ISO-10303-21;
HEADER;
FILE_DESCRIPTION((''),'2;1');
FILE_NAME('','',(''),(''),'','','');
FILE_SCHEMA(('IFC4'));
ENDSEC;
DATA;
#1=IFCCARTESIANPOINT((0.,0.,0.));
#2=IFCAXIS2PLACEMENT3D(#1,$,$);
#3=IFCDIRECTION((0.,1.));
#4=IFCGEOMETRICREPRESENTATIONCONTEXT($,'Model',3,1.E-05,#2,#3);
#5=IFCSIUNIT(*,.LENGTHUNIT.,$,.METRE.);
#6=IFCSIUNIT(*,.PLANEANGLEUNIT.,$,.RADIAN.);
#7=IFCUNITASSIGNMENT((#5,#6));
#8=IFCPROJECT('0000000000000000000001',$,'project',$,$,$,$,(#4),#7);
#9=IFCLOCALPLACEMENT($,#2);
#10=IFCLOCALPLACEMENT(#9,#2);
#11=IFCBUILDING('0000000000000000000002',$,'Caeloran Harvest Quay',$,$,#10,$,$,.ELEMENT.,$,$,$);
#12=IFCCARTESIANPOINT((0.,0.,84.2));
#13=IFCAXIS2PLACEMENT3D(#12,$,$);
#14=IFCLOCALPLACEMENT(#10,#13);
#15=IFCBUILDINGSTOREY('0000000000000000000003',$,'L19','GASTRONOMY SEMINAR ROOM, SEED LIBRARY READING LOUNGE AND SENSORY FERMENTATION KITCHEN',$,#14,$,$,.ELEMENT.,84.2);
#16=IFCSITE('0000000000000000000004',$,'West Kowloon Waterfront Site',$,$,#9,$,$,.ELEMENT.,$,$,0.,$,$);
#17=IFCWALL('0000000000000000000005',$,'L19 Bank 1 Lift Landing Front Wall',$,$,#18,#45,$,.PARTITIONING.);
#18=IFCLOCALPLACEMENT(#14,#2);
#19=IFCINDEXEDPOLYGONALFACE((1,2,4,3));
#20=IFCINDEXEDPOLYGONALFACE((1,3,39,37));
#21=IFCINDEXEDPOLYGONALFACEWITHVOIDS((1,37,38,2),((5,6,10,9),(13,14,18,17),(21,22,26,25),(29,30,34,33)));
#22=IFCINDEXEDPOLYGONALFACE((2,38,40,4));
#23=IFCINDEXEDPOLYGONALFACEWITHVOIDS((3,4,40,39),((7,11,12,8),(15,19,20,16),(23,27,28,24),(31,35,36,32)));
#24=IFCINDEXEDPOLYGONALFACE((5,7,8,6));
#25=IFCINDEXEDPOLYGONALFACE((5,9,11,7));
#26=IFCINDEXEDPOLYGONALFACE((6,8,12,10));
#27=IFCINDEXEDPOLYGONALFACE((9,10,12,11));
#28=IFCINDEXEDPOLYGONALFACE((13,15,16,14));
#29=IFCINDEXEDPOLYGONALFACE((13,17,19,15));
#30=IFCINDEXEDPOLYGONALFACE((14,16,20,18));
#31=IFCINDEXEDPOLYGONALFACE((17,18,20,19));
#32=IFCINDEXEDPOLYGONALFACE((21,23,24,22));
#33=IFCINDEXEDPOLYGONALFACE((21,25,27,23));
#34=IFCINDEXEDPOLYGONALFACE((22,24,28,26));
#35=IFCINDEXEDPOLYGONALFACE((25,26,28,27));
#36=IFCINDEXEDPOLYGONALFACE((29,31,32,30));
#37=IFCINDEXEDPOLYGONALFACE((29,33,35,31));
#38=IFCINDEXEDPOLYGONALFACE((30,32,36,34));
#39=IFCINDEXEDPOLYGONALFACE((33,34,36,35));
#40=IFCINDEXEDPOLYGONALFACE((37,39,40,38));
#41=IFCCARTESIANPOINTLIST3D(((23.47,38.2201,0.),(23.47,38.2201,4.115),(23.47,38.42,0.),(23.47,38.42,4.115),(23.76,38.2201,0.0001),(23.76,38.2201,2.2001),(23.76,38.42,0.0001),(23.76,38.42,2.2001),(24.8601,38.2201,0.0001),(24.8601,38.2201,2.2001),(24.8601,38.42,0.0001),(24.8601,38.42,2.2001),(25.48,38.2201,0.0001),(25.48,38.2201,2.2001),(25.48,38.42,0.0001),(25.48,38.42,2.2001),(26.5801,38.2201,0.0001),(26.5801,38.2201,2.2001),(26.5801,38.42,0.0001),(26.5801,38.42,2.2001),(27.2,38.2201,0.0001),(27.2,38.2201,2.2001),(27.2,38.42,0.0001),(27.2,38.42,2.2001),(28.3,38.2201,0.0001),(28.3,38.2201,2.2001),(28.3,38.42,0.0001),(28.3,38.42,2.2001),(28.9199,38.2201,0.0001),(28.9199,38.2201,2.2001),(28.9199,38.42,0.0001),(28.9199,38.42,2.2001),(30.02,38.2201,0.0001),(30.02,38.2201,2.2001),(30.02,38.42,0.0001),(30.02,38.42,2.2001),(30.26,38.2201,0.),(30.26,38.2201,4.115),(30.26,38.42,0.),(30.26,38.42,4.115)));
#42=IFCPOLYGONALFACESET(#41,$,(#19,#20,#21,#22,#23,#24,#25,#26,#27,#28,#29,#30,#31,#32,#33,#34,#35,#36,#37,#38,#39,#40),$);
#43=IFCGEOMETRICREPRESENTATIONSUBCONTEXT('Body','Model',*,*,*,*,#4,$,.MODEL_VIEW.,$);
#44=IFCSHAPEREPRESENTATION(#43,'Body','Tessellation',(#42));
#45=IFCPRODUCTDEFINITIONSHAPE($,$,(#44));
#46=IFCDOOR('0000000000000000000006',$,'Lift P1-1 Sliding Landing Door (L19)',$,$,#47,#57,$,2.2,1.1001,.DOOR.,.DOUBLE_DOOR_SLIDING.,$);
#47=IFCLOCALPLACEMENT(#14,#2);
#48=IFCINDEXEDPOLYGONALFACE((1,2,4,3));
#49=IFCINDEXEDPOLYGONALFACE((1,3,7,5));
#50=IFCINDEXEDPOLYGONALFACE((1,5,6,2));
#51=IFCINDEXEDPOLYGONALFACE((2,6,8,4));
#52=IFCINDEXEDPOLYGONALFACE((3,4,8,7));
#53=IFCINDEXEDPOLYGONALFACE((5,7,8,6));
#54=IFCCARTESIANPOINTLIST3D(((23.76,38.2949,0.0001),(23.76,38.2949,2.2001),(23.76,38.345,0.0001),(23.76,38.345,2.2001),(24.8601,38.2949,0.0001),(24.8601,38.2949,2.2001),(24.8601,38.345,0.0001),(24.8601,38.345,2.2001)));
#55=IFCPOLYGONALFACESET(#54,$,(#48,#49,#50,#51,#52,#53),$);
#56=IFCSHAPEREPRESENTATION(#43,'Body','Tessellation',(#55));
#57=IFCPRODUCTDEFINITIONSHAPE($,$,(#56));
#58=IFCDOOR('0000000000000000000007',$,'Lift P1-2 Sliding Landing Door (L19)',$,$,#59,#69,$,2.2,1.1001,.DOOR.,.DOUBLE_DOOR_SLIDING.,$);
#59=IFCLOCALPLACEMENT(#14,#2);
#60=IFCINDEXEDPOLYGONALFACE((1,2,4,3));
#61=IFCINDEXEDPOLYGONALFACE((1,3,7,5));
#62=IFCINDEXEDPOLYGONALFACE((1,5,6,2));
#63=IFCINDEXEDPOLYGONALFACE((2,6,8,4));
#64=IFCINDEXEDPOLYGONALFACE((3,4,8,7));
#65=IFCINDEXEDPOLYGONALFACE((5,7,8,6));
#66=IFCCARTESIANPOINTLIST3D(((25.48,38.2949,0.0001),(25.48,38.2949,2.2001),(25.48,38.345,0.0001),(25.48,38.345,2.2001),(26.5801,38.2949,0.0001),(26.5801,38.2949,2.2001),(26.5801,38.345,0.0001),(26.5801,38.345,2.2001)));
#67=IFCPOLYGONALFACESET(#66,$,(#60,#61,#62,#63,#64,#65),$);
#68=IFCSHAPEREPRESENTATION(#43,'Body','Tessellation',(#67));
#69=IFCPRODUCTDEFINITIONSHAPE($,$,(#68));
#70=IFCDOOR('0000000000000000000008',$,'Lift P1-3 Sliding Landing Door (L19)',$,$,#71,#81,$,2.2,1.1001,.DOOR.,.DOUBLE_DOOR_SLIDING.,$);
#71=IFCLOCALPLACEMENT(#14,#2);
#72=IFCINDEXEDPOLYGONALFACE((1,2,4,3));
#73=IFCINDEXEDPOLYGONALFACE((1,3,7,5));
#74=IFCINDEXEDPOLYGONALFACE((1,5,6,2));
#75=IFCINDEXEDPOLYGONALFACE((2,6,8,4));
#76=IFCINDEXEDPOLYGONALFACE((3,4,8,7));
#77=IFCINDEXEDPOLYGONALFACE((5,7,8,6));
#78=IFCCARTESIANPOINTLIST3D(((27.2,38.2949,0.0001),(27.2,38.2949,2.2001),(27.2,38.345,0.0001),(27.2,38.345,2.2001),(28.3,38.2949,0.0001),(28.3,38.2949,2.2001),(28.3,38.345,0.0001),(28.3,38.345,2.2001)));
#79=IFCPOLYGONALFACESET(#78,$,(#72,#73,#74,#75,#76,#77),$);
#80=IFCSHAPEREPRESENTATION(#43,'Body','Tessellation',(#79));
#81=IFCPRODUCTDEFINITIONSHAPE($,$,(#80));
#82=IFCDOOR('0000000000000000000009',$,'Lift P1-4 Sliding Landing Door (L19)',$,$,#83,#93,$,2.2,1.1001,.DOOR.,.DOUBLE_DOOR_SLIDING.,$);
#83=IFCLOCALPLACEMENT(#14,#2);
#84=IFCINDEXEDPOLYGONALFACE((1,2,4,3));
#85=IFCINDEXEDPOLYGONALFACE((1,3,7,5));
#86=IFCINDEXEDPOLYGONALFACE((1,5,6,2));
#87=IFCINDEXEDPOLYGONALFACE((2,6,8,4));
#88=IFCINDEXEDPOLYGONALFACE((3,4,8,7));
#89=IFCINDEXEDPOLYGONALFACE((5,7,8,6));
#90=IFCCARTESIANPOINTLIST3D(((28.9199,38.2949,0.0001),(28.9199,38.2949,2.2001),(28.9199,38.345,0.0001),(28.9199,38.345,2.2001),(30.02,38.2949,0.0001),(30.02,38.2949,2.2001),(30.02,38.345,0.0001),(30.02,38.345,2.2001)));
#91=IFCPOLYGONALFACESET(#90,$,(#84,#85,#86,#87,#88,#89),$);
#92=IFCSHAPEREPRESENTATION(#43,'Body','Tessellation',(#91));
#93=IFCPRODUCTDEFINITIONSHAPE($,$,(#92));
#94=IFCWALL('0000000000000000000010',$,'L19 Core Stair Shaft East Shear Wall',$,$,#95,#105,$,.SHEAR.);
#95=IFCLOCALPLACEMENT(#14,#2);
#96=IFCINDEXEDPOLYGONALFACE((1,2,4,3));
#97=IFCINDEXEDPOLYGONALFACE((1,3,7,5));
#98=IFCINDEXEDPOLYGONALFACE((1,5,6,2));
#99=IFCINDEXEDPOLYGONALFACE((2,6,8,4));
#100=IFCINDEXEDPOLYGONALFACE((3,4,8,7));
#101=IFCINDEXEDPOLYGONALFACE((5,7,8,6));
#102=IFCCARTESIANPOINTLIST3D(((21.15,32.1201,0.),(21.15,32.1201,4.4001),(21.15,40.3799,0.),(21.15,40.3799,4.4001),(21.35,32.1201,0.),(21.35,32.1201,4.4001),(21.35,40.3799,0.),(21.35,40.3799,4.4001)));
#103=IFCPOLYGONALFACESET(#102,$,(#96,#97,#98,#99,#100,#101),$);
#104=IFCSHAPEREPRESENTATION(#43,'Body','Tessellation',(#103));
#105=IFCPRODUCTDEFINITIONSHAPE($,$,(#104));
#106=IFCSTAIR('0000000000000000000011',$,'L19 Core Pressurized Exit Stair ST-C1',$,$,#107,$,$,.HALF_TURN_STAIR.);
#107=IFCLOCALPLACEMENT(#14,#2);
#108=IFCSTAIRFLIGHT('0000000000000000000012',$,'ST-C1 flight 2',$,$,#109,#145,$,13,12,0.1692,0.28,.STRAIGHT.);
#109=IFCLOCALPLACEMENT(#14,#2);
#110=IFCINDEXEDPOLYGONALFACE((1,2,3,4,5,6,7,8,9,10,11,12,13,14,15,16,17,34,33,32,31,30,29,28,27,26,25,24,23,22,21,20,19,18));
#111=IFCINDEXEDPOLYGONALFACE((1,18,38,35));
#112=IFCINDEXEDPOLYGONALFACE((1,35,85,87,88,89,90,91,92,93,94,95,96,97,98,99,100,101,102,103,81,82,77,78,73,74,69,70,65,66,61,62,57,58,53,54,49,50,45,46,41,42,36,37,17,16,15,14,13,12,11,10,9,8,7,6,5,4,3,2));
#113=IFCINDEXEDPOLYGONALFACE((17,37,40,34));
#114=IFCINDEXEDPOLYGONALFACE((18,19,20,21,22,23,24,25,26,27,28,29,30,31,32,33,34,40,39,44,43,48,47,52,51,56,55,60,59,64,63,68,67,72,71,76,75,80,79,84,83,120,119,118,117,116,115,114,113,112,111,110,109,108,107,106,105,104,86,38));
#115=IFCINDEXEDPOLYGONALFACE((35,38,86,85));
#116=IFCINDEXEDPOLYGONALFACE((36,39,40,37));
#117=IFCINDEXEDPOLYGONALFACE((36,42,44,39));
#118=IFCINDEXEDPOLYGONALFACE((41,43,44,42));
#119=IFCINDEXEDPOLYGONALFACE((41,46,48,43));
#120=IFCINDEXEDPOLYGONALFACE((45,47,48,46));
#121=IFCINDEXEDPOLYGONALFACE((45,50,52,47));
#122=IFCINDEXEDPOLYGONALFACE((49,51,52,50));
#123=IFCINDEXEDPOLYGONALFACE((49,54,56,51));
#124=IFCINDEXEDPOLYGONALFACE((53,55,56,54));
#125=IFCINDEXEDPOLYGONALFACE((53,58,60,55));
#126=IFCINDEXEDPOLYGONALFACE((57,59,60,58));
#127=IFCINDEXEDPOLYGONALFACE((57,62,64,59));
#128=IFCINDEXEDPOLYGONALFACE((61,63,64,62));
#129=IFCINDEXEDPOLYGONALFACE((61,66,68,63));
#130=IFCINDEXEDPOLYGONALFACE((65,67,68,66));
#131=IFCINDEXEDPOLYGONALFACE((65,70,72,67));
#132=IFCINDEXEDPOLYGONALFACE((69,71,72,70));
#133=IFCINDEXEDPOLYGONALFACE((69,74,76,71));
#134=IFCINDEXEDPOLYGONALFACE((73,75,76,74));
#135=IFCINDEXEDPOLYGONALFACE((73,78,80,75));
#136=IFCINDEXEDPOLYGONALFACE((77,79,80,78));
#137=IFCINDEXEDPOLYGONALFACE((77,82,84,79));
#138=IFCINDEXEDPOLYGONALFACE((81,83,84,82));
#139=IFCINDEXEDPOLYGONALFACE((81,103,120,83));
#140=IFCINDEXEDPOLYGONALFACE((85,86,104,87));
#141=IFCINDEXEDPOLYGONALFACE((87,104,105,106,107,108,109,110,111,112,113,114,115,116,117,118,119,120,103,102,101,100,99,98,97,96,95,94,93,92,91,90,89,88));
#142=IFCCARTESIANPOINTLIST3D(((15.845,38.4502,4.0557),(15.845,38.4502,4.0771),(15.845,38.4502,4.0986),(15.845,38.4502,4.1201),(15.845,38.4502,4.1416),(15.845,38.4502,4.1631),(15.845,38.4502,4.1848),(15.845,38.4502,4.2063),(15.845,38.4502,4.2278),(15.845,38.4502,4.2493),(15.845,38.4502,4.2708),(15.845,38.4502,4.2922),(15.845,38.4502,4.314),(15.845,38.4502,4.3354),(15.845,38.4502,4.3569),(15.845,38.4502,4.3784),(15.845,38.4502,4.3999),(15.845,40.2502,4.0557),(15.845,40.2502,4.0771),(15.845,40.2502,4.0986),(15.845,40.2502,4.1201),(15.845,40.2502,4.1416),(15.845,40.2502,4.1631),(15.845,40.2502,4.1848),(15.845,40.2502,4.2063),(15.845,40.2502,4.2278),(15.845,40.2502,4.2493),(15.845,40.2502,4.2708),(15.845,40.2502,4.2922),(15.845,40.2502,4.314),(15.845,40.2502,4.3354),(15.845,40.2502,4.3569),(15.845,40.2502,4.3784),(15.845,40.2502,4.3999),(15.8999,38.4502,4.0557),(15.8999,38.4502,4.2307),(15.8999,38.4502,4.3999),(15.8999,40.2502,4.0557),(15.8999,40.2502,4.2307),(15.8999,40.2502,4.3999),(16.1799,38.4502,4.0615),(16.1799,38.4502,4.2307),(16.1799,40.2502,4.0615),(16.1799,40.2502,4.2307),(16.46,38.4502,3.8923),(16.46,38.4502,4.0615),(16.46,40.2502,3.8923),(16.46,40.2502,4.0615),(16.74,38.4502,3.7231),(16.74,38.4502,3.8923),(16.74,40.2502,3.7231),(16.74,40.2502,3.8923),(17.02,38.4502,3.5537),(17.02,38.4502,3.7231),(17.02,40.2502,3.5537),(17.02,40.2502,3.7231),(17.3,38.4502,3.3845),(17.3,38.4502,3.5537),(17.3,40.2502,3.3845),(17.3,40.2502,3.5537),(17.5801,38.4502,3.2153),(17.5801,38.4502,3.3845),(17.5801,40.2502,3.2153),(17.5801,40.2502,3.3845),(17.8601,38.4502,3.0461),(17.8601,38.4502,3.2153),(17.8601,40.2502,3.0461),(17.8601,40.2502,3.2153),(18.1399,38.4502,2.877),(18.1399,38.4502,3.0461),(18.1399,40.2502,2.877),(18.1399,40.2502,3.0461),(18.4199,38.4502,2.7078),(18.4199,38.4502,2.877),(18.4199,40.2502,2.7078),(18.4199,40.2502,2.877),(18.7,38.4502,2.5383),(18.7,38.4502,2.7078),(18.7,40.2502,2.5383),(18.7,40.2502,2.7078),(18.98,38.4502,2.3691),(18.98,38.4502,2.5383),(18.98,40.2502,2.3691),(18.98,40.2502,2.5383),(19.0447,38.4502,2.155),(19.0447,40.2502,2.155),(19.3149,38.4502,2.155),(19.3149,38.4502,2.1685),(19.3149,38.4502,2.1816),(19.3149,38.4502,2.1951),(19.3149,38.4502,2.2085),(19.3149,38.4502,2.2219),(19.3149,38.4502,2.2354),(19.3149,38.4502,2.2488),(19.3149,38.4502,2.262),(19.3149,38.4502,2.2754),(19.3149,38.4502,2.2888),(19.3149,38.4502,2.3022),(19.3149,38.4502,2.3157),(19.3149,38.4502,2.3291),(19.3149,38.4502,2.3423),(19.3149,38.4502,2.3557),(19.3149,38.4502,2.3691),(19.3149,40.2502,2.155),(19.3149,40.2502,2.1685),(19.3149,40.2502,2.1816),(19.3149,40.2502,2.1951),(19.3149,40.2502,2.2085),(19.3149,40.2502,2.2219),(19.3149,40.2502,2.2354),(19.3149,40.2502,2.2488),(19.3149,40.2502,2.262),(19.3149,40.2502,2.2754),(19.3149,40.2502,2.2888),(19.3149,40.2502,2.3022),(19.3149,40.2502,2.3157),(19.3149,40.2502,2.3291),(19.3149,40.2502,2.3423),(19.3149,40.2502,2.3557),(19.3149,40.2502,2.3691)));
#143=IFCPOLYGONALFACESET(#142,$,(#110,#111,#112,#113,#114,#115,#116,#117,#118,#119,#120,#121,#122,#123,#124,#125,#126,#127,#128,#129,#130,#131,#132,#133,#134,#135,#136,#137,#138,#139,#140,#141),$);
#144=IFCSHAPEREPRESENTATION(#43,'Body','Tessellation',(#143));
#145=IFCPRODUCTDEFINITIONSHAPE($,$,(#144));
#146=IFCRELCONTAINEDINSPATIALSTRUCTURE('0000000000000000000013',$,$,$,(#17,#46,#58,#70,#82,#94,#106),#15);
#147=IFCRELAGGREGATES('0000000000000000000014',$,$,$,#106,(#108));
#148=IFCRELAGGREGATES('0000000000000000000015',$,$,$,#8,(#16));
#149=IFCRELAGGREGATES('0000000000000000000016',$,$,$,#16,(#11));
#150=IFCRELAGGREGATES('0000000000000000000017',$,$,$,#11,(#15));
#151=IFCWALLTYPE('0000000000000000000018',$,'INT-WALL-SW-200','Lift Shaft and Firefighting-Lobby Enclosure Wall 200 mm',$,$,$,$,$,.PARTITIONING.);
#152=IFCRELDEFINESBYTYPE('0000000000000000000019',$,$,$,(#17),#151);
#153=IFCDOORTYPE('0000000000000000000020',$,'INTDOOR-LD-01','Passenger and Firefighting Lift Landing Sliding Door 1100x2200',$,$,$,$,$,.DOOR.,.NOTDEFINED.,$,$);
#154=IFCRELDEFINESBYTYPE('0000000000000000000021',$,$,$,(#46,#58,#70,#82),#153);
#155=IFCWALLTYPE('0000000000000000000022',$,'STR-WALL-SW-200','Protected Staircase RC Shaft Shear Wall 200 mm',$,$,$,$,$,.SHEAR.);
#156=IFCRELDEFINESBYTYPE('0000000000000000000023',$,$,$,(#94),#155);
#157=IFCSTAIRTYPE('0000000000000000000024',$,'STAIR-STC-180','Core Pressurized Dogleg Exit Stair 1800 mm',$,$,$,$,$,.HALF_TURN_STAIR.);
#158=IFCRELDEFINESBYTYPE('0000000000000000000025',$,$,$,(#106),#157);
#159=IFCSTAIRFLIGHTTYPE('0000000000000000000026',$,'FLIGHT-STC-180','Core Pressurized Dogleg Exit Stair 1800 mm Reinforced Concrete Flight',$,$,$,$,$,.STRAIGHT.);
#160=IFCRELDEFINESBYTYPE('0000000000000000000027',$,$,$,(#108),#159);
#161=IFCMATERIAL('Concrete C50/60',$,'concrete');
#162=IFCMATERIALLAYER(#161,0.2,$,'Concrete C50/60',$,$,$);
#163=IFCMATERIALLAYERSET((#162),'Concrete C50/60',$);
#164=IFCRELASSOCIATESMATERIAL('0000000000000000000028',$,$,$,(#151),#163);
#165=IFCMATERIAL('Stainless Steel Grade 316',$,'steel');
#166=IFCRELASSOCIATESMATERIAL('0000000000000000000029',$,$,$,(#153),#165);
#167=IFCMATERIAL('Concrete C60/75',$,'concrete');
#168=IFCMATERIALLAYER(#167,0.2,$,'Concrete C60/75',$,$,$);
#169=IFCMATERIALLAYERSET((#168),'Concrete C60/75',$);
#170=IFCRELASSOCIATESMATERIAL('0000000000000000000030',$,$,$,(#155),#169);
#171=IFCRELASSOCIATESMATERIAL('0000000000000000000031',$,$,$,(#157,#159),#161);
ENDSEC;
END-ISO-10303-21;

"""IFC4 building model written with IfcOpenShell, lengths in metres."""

from ifc_helpers import new_model, si_unit, direction, frame, frame_2d, origin, place, context, subcontext, project, spatial, polyline, rectangle, outline, extrude, material, layer, layer_set, type_object, element, fill, aggregate, save


model = new_model("IFC4")

# Units and contexts
model_context = context("Model", 3, precision=1e-05, world=origin(), true_north=direction((0.0, 1.0)))
body_context = subcontext(model_context, "Body", "Model", "MODEL_VIEW")
ifc_project = project(units=[si_unit("LENGTHUNIT", "METRE"), si_unit("PLANEANGLEUNIT", "RADIAN")], contexts=[model_context])

# Site, building, storey
site_placement = place(None, origin())
site = spatial("IfcSite", under=ifc_project, at=site_placement, Name="West Kowloon Waterfront Site", CompositionType="ELEMENT", RefElevation=0.0)
building_placement = place(site_placement, origin())
building = spatial("IfcBuilding", under=site, at=building_placement, Name="Caeloran Harvest Quay", CompositionType="ELEMENT")
storey_placement = place(building_placement, frame((0.0, 0.0, 84.2)))
storey = spatial("IfcBuildingStorey", under=building, at=storey_placement, Name="L19", Description="GASTRONOMY SEMINAR ROOM, SEED LIBRARY READING LOUNGE AND SENSORY FERMENTATION KITCHEN", CompositionType="ELEMENT", Elevation=84.2)

# Shared definitions
ifc_material_1 = material(Name="Concrete C50/60", Category="concrete")
ifc_layer_1 = layer(ifc_material_1, 0.2, Name="Concrete C50/60")
ifc_layer_set_1 = layer_set([ifc_layer_1], Name="Concrete C50/60")
wall_type_1 = type_object("IfcWallType", Name="INT-WALL-SW-200", Description="Lift Shaft and Firefighting-Lobby Enclosure Wall 200 mm", PredefinedType="PARTITIONING", material=ifc_layer_set_1)
ifc_material_2 = material(Name="Stainless Steel Grade 316", Category="steel")

# Wall, openings, doors
wall_1_placement = place(storey_placement, frame((23.47, 38.3201, 0.0), z_axis=(0.0, 0.0, 1.0), x_axis=(1.0, 0.0, 0.0)))
wall_1 = element("IfcWall", 1, at=wall_1_placement, inside=storey, type_object=wall_type_1, Name="L19 Bank 1 Lift Landing Front Wall", PredefinedType="PARTITIONING", context=body_context, shape_type="SweptSolid", body=[
    extrude(rectangle(XDim=6.79, YDim=0.2, at=frame_2d((3.395, 0.0))), origin(), (0.0, 0.0, 1.0), 4.115),
])
opening_1_placement = place(wall_1_placement, frame((0.29, 0.0, 0.0)))
opening_1 = element("IfcOpeningElement", 2, at=opening_1_placement, cuts=wall_1, PredefinedType="OPENING", context=body_context, shape_type="SweptSolid", body=[
    extrude(rectangle(XDim=1.1001, YDim=2.2, at=frame_2d((0.55, 1.1001))), frame((0.0, 0.1099, 0.0), z_axis=(0.0, -1.0, 0.0), x_axis=(1.0, 0.0, 0.0)), (0.0, 0.0, 1.0), 0.22),
])
opening_2_placement = place(wall_1_placement, frame((2.01, 0.0, 0.0)))
opening_2 = element("IfcOpeningElement", 3, at=opening_2_placement, cuts=wall_1, PredefinedType="OPENING", context=body_context, shape_type="SweptSolid", body=[
    extrude(rectangle(XDim=1.1001, YDim=2.2, at=frame_2d((0.55, 1.1001))), frame((0.0, 0.1099, 0.0), z_axis=(0.0, -1.0, 0.0), x_axis=(1.0, 0.0, 0.0)), (0.0, 0.0, 1.0), 0.22),
])
opening_3_placement = place(wall_1_placement, frame((3.73, 0.0, 0.0)))
opening_3 = element("IfcOpeningElement", 4, at=opening_3_placement, cuts=wall_1, PredefinedType="OPENING", context=body_context, shape_type="SweptSolid", body=[
    extrude(rectangle(XDim=1.1001, YDim=2.2, at=frame_2d((0.55, 1.1001))), frame((0.0, 0.1099, 0.0), z_axis=(0.0, -1.0, 0.0), x_axis=(1.0, 0.0, 0.0)), (0.0, 0.0, 1.0), 0.22),
])
opening_4_placement = place(wall_1_placement, frame((5.45, 0.0, 0.0)))
opening_4 = element("IfcOpeningElement", 5, at=opening_4_placement, cuts=wall_1, PredefinedType="OPENING", context=body_context, shape_type="SweptSolid", body=[
    extrude(rectangle(XDim=1.1001, YDim=2.2, at=frame_2d((0.55, 1.1001))), frame((0.0, 0.1099, 0.0), z_axis=(0.0, -1.0, 0.0), x_axis=(1.0, 0.0, 0.0)), (0.0, 0.0, 1.0), 0.22),
])
door_type_1 = type_object("IfcDoorType", Name="INTDOOR-LD-01", Description="Passenger and Firefighting Lift Landing Sliding Door 1100x2200", OperationType="NOTDEFINED", PredefinedType="DOOR", material=ifc_material_2)
door_1_placement = place(opening_1_placement, origin())
door_1 = element("IfcDoor", 6, at=door_1_placement, inside=storey, type_object=door_type_1, Name="Lift P1-1 Sliding Landing Door (L19)", OperationType="DOUBLE_DOOR_SLIDING", OverallHeight=2.2, OverallWidth=1.1001, PredefinedType="DOOR", context=body_context, shape_type="SweptSolid", body=[
    extrude(rectangle(XDim=1.1001, YDim=2.2, at=frame_2d((0.55, 1.1001))), frame((0.0, 0.0249, 0.0), z_axis=(0.0, -1.0, 0.0), x_axis=(1.0, 0.0, 0.0)), (0.0, 0.0, 1.0), 0.05),
])
fill(opening_1, door_1)
door_2_placement = place(opening_2_placement, origin())
door_2 = element("IfcDoor", 7, at=door_2_placement, inside=storey, type_object=door_type_1, Name="Lift P1-2 Sliding Landing Door (L19)", OperationType="DOUBLE_DOOR_SLIDING", OverallHeight=2.2, OverallWidth=1.1001, PredefinedType="DOOR", context=body_context, shape_type="SweptSolid", body=[
    extrude(rectangle(XDim=1.1001, YDim=2.2, at=frame_2d((0.55, 1.1001))), frame((0.0, 0.0249, 0.0), z_axis=(0.0, -1.0, 0.0), x_axis=(1.0, 0.0, 0.0)), (0.0, 0.0, 1.0), 0.05),
])
fill(opening_2, door_2)
door_3_placement = place(opening_3_placement, origin())
door_3 = element("IfcDoor", 8, at=door_3_placement, inside=storey, type_object=door_type_1, Name="Lift P1-3 Sliding Landing Door (L19)", OperationType="DOUBLE_DOOR_SLIDING", OverallHeight=2.2, OverallWidth=1.1001, PredefinedType="DOOR", context=body_context, shape_type="SweptSolid", body=[
    extrude(rectangle(XDim=1.1001, YDim=2.2, at=frame_2d((0.55, 1.1001))), frame((0.0, 0.0249, 0.0), z_axis=(0.0, -1.0, 0.0), x_axis=(1.0, 0.0, 0.0)), (0.0, 0.0, 1.0), 0.05),
])
fill(opening_3, door_3)
door_4_placement = place(opening_4_placement, origin())
door_4 = element("IfcDoor", 9, at=door_4_placement, inside=storey, type_object=door_type_1, Name="Lift P1-4 Sliding Landing Door (L19)", OperationType="DOUBLE_DOOR_SLIDING", OverallHeight=2.2, OverallWidth=1.1001, PredefinedType="DOOR", context=body_context, shape_type="SweptSolid", body=[
    extrude(rectangle(XDim=1.1001, YDim=2.2, at=frame_2d((0.55, 1.1001))), frame((0.0, 0.0249, 0.0), z_axis=(0.0, -1.0, 0.0), x_axis=(1.0, 0.0, 0.0)), (0.0, 0.0, 1.0), 0.05),
])
fill(opening_4, door_4)

# Wall
ifc_material_3 = material(Name="Concrete C60/75", Category="concrete")
ifc_layer_2 = layer(ifc_material_3, 0.2, Name="Concrete C60/75")
ifc_layer_set_2 = layer_set([ifc_layer_2], Name="Concrete C60/75")
wall_type_2 = type_object("IfcWallType", Name="STR-WALL-SW-200", Description="Protected Staircase RC Shaft Shear Wall 200 mm", PredefinedType="SHEAR", material=ifc_layer_set_2)
wall_2_placement = place(storey_placement, frame((21.25, 32.1201, 0.0), z_axis=(0.0, 0.0, 1.0), x_axis=(0.0, 1.0, 0.0)))
element("IfcWall", 10, at=wall_2_placement, inside=storey, type_object=wall_type_2, Name="L19 Core Stair Shaft East Shear Wall", PredefinedType="SHEAR", context=body_context, shape_type="SweptSolid", body=[
    extrude(rectangle(XDim=8.2598, YDim=0.2, at=frame_2d((4.1299, 0.0))), origin(), (0.0, 0.0, 1.0), 4.4001),
])

# Stair, stair flight
stair_type = type_object("IfcStairType", Name="STAIR-STC-180", Description="Core Pressurized Dogleg Exit Stair 1800 mm", PredefinedType="HALF_TURN_STAIR", material=ifc_material_1)
stair_1_placement = place(storey_placement, origin())
stair_1 = element("IfcStair", 11, at=stair_1_placement, inside=storey, type_object=stair_type, Name="L19 Core Pressurized Exit Stair ST-C1", PredefinedType="HALF_TURN_STAIR")
stair_flight_type = type_object("IfcStairFlightType", Name="FLIGHT-STC-180", Description="Core Pressurized Dogleg Exit Stair 1800 mm Reinforced Concrete Flight", PredefinedType="STRAIGHT", material=ifc_material_1)
stair_flight_1_placement = place(storey_placement, frame((19.26, 39.3501, 2.2), z_axis=(0.0, 0.0, 1.0), x_axis=(-1.0, 0.0, 0.0)))
stair_flight_1 = element("IfcStairFlight", 12, at=stair_flight_1_placement, type_object=stair_flight_type, Name="ST-C1 flight 2", NumberOfRisers=13, NumberOfTreads=12, PredefinedType="STRAIGHT", RiserHeight=0.1692, TreadLength=0.28, context=body_context, shape_type="SweptSolid", body=[
    extrude(outline(polyline([(-0.0549, -0.0449), (-0.0549, -0.0315), (-0.0549, -0.0183), (-0.0549, -0.0049), (-0.0549, 0.0085), (-0.0549, 0.022), (-0.0549, 0.0354), (-0.0549, 0.0488), (-0.0549, 0.062), (-0.0549, 0.0754), (-0.0549, 0.0889), (-0.0549, 0.1023), (-0.0549, 0.1157), (-0.0549, 0.1292), (-0.0549, 0.1423), (-0.0549, 0.1558), (-0.0549, 0.1692), (0.28, 0.1692), (0.28, 0.3384), (0.5601, 0.3384), (0.5601, 0.5078), (0.8401, 0.5078), (0.8401, 0.677), (1.1201, 0.677), (1.1201, 0.8462), (1.3999, 0.8462), (1.3999, 1.0154), (1.6799, 1.0154), (1.6799, 1.1846), (1.96, 1.1846), (1.96, 1.3538), (2.24, 1.3538), (2.24, 1.5232), (2.52, 1.5232), (2.52, 1.6924), (2.8, 1.6924), (2.8, 1.8616), (3.0801, 1.8616), (3.0801, 2.0308), (3.3601, 2.0308), (3.3601, 2.2), (3.415, 2.2), (3.415, 2.1785), (3.415, 2.157), (3.415, 2.1355), (3.415, 2.114), (3.415, 2.0923), (3.415, 2.0708), (3.415, 2.0493), (3.415, 2.0278), (3.415, 2.0063), (3.415, 1.9849), (3.415, 1.9631), (3.415, 1.9417), (3.415, 1.9202), (3.415, 1.8987), (3.415, 1.8772), (3.415, 1.8557), (3.3601, 1.8557), (0.2153, -0.0449), (-0.0549, -0.0449)])), frame((0.0, 0.8999, 0.0), z_axis=(0.0, -1.0, 0.0), x_axis=(1.0, 0.0, 0.0)), (0.0, 0.0, 1.0), 1.8),
])
aggregate(stair_1, [stair_flight_1])

save(model, "model.ifc")
